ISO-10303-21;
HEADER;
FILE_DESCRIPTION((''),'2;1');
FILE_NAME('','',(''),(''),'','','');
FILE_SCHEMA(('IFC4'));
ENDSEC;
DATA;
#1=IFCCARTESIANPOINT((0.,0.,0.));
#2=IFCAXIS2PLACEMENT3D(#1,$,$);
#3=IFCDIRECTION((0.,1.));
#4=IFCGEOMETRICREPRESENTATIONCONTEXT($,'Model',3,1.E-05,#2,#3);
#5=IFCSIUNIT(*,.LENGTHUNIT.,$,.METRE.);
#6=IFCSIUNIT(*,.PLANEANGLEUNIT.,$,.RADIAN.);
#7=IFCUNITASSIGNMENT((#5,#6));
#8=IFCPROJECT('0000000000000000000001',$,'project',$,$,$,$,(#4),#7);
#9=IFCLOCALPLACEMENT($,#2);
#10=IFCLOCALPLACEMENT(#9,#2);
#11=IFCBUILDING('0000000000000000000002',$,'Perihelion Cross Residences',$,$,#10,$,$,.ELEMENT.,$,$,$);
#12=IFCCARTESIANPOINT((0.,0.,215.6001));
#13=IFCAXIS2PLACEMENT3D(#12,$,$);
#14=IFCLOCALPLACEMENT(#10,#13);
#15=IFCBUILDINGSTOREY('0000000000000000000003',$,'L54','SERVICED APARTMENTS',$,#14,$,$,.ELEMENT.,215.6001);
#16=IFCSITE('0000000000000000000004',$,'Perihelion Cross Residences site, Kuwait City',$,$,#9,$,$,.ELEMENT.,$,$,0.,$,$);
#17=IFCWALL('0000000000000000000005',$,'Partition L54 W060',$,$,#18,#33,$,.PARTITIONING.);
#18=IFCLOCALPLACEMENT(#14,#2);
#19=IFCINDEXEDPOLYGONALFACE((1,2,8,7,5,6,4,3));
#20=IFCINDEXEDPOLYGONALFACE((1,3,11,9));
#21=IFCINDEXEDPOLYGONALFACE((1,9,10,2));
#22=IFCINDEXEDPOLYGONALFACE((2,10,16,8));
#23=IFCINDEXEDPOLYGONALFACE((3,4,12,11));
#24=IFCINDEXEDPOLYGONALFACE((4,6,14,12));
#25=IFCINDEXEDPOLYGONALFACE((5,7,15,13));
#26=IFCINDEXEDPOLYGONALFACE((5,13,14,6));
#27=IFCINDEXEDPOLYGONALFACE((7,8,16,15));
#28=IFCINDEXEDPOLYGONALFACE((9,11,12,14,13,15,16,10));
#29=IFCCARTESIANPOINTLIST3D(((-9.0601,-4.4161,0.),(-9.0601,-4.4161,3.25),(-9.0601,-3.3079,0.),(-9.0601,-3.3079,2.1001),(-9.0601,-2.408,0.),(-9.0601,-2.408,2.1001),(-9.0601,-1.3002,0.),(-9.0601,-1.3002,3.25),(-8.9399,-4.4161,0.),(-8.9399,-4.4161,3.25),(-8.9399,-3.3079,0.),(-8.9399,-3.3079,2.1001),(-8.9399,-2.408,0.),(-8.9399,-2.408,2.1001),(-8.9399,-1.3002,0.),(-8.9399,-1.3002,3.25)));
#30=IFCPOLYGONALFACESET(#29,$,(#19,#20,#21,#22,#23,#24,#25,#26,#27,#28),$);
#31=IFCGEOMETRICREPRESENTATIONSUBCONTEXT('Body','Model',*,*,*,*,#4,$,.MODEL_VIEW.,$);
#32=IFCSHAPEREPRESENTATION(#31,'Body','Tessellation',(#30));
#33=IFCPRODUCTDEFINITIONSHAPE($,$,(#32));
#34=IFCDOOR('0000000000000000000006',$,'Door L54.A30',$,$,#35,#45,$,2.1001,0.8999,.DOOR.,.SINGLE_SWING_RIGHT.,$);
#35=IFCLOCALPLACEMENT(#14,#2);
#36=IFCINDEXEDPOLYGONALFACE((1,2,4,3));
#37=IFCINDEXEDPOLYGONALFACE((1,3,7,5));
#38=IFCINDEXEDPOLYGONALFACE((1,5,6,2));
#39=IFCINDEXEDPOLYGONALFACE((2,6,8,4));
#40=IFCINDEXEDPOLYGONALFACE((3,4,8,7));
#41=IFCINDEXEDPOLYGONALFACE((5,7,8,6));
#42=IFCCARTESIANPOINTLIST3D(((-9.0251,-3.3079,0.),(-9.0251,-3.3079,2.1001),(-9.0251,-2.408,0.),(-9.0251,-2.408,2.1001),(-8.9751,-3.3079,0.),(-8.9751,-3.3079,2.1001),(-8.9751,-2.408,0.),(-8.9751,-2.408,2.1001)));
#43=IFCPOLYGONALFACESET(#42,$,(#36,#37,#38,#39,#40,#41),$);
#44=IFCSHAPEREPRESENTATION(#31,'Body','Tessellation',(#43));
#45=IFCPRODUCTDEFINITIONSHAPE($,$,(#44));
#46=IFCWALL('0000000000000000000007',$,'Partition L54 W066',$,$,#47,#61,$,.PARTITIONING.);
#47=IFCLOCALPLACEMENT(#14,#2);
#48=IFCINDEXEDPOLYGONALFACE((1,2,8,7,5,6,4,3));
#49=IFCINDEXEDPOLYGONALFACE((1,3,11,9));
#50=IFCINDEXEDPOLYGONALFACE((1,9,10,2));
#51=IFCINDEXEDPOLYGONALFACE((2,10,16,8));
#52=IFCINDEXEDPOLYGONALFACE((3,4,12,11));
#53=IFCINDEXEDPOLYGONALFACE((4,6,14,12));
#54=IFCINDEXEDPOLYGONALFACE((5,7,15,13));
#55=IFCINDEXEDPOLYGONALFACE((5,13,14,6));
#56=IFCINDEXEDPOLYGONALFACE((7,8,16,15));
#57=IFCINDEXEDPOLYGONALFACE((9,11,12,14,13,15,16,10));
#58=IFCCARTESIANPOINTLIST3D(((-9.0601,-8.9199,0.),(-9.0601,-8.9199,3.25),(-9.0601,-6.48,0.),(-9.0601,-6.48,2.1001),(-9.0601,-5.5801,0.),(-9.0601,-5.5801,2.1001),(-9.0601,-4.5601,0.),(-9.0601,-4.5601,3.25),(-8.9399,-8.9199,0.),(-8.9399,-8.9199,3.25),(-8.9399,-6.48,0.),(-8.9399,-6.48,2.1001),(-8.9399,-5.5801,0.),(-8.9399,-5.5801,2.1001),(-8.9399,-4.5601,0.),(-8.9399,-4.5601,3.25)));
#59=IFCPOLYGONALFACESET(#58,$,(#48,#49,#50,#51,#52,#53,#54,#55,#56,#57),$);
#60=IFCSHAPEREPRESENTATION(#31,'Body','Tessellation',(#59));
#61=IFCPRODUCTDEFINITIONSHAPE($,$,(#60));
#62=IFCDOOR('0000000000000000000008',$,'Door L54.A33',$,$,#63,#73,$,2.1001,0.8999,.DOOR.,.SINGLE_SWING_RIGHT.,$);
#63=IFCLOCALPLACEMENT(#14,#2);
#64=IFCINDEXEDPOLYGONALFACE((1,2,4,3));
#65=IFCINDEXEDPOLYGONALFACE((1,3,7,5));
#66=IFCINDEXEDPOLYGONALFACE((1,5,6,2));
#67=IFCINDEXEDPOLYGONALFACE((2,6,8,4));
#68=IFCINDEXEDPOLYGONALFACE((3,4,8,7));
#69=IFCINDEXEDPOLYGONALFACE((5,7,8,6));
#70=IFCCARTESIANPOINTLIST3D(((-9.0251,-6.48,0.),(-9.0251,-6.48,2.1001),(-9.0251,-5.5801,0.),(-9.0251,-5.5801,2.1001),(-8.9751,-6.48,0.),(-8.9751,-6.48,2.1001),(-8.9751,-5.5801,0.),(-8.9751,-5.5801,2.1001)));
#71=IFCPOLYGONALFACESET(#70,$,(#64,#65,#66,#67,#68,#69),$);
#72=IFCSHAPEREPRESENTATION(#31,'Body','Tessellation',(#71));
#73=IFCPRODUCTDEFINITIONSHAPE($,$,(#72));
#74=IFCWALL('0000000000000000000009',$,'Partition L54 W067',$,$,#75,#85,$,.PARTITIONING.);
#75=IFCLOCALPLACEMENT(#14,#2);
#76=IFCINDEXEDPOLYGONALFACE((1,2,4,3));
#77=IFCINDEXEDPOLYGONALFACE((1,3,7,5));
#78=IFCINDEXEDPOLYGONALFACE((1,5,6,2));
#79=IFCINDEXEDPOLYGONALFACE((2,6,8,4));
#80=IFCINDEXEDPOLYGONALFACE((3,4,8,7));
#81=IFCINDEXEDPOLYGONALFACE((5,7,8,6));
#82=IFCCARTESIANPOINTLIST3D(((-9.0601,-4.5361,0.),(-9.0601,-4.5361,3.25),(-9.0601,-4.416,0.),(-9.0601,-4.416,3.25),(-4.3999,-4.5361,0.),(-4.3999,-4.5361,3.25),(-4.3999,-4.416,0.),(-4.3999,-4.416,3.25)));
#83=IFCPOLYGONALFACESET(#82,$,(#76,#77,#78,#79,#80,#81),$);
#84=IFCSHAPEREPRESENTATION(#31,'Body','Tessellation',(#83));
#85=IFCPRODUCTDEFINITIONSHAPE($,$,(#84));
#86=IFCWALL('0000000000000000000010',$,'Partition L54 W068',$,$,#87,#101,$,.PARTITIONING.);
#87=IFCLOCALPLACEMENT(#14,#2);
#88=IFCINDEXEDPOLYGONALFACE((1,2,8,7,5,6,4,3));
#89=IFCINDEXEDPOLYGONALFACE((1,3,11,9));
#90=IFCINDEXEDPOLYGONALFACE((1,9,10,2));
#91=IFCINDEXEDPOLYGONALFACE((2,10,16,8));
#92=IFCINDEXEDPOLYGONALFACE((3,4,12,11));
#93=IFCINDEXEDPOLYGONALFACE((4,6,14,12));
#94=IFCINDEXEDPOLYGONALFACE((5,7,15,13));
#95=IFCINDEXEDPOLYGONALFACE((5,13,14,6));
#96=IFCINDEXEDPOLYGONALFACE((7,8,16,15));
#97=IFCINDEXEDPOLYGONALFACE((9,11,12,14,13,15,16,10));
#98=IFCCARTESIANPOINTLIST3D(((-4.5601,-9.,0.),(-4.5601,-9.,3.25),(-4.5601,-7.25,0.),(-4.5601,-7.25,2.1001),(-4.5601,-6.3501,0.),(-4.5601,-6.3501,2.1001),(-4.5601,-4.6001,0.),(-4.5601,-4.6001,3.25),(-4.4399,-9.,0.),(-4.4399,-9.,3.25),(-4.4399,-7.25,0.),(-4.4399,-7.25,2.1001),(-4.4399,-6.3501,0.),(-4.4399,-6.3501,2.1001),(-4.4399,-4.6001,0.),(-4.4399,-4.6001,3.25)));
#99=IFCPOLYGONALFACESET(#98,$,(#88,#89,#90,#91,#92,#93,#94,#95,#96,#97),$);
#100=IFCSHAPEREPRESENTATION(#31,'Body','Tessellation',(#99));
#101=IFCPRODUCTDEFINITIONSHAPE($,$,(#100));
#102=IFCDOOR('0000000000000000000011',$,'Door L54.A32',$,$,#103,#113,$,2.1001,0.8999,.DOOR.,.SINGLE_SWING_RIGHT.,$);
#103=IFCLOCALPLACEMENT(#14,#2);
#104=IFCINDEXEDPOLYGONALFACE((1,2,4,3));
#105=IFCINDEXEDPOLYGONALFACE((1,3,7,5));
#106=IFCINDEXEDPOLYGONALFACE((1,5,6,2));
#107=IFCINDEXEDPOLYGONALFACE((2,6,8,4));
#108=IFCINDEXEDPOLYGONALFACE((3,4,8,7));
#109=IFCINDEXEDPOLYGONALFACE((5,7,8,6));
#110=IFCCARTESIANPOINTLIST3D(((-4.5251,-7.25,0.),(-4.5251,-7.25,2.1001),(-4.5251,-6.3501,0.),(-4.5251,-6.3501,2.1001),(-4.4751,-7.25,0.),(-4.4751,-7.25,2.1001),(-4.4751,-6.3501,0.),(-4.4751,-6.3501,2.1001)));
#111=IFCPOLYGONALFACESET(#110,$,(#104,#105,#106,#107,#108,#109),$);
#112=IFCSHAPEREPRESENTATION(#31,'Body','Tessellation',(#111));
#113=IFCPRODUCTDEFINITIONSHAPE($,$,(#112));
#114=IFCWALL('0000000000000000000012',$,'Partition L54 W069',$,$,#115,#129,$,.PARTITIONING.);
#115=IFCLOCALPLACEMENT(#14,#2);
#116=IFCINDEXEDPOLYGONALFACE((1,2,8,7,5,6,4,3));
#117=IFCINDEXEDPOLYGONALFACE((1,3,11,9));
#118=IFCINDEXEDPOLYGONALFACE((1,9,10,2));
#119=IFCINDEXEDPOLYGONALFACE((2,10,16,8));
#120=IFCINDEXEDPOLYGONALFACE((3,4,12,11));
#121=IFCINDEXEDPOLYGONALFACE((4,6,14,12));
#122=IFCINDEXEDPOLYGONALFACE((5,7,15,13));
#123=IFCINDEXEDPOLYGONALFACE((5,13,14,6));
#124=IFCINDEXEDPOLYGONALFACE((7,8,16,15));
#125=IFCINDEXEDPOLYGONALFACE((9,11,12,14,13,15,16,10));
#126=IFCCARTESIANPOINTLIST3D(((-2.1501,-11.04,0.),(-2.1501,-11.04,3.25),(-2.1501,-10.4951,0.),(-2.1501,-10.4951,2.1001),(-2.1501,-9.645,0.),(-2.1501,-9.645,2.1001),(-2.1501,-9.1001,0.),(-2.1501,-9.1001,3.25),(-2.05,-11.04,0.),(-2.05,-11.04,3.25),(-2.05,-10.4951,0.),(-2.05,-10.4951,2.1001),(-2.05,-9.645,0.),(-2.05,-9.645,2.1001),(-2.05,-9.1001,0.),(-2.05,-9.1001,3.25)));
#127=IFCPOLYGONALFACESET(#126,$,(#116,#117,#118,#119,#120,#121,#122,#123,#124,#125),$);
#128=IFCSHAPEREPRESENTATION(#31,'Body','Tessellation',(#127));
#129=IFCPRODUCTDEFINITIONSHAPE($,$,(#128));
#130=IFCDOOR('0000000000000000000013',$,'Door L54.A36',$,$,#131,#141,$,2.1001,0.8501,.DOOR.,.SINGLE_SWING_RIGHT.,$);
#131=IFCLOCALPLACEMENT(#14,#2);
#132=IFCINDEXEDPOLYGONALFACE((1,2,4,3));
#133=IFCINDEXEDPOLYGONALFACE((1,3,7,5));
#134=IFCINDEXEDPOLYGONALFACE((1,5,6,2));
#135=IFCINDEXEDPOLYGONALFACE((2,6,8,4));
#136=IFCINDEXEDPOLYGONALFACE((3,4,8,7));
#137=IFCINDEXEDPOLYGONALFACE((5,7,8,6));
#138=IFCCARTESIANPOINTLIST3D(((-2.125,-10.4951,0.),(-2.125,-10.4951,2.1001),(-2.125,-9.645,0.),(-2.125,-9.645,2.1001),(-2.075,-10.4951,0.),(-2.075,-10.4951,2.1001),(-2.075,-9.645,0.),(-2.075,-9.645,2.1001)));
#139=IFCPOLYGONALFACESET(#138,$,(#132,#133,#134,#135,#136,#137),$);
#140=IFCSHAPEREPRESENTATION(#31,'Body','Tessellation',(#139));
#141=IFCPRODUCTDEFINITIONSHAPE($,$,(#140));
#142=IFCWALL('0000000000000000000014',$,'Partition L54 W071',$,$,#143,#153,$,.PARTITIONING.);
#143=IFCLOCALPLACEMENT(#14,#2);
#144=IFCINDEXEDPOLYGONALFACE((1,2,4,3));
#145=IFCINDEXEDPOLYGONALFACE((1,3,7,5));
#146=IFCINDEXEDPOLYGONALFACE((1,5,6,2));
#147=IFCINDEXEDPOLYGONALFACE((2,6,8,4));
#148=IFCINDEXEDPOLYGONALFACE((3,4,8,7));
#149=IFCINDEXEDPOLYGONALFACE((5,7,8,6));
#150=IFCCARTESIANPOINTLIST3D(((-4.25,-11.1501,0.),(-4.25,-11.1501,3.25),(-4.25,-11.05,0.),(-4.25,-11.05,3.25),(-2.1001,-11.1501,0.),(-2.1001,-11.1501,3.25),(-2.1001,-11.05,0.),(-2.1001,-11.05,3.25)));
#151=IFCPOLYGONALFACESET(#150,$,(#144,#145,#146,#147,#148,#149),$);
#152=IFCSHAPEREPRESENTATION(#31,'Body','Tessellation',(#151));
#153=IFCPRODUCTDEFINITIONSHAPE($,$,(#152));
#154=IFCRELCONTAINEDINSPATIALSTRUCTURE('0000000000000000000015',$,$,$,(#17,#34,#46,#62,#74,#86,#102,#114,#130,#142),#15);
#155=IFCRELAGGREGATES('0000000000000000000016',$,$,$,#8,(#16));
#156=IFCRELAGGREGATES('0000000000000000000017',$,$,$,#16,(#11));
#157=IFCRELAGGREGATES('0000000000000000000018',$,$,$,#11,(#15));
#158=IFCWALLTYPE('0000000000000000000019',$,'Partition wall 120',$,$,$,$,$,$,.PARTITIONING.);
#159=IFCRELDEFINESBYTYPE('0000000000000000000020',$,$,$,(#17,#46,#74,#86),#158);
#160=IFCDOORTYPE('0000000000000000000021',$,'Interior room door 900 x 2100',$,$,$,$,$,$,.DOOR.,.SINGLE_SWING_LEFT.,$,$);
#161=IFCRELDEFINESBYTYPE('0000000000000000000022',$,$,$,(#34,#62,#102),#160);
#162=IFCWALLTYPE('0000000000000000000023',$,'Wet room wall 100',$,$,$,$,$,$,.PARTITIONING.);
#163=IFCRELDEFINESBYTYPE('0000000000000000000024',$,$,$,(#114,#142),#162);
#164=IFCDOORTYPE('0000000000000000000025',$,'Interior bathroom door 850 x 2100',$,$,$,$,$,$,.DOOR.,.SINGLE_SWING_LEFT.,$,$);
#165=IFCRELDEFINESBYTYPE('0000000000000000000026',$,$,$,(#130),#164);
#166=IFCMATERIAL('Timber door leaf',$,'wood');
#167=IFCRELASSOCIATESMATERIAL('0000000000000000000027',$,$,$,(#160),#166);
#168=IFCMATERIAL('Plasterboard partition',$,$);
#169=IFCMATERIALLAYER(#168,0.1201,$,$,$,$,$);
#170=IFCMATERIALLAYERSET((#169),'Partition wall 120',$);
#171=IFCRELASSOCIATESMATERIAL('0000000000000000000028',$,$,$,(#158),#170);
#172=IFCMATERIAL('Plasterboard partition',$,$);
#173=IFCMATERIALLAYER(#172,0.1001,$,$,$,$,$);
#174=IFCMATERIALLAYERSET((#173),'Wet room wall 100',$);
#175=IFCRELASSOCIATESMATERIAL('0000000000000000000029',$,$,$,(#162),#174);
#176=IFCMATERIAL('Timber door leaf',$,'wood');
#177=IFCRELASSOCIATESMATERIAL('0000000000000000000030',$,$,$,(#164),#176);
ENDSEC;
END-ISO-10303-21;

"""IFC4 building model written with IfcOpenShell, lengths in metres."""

from ifc_helpers import new_model, si_unit, direction, frame, frame_2d, origin, place, context, subcontext, project, spatial, rectangle, extrude, material, layer, layer_set, type_object, element, fill, save


model = new_model("IFC4")

# Units and contexts
model_context = context("Model", 3, precision=1e-05, world=origin(), true_north=direction((0.0, 1.0)))
body_context = subcontext(model_context, "Body", "Model", "MODEL_VIEW")
ifc_project = project(units=[si_unit("LENGTHUNIT", "METRE"), si_unit("PLANEANGLEUNIT", "RADIAN")], contexts=[model_context])

# Site, building, storey
site_placement = place(None, origin())
site = spatial("IfcSite", under=ifc_project, at=site_placement, Name="Perihelion Cross Residences site, Kuwait City", CompositionType="ELEMENT", RefElevation=0.0)
building_placement = place(site_placement, origin())
building = spatial("IfcBuilding", under=site, at=building_placement, Name="Perihelion Cross Residences", CompositionType="ELEMENT")
storey_placement = place(building_placement, frame((0.0, 0.0, 215.6001)))
storey = spatial("IfcBuildingStorey", under=building, at=storey_placement, Name="L54", Description="SERVICED APARTMENTS", CompositionType="ELEMENT", Elevation=215.6001)

# Shared definitions
ifc_material_1 = material(Name="Timber door leaf", Category="wood")
door_type_1 = type_object("IfcDoorType", Name="Interior room door 900 x 2100", OperationType="SINGLE_SWING_LEFT", PredefinedType="DOOR", material=ifc_material_1)

# Shared definitions
ifc_material_2 = material(Name="Plasterboard partition")
ifc_layer_1 = layer(ifc_material_2, 0.1201)
ifc_layer_set_1 = layer_set([ifc_layer_1], Name="Partition wall 120")
wall_type_1 = type_object("IfcWallType", Name="Partition wall 120", PredefinedType="PARTITIONING", material=ifc_layer_set_1)

# Walls, openings, doors
wall_1_placement = place(storey_placement, frame((-9.0, -1.3, 0.0), z_axis=(0.0, 0.0, 1.0), x_axis=(0.0, -1.0, 0.0)))
wall_1 = element("IfcWall", 1, at=wall_1_placement, inside=storey, type_object=wall_type_1, Name="Partition L54 W060", PredefinedType="PARTITIONING", context=body_context, shape_type="SweptSolid", body=[
    extrude(rectangle(XDim=3.116, YDim=0.1201, at=frame_2d((1.5581, 0.0))), origin(), (0.0, 0.0, 1.0), 3.25),
])
opening_1_placement = place(wall_1_placement, frame((1.1079, 0.0, 0.0)))
opening_1 = element("IfcOpeningElement", 2, at=opening_1_placement, cuts=wall_1, PredefinedType="OPENING", context=body_context, shape_type="SweptSolid", body=[
    extrude(rectangle(XDim=0.8999, YDim=2.1001, at=frame_2d((0.45, 1.05))), frame((0.0, 0.0701, 0.0), z_axis=(0.0, -1.0, 0.0), x_axis=(1.0, 0.0, 0.0)), (0.0, 0.0, 1.0), 0.1401),
])
door_1_placement = place(opening_1_placement, origin())
door_1 = element("IfcDoor", 3, at=door_1_placement, inside=storey, type_object=door_type_1, Name="Door L54.A30", OperationType="SINGLE_SWING_RIGHT", OverallHeight=2.1001, OverallWidth=0.8999, PredefinedType="DOOR", context=body_context, shape_type="SweptSolid", body=[
    extrude(rectangle(XDim=0.8999, YDim=2.1001, at=frame_2d((0.45, 1.05))), frame((0.0, 0.0249, 0.0), z_axis=(0.0, -1.0, 0.0), x_axis=(1.0, 0.0, 0.0)), (0.0, 0.0, 1.0), 0.05),
])
fill(opening_1, door_1)
wall_2_placement = place(storey_placement, frame((-9.0, -4.5601, 0.0), z_axis=(0.0, 0.0, 1.0), x_axis=(0.0, -1.0, 0.0)))
wall_2 = element("IfcWall", 4, at=wall_2_placement, inside=storey, type_object=wall_type_1, Name="Partition L54 W066", PredefinedType="PARTITIONING", context=body_context, shape_type="SweptSolid", body=[
    extrude(rectangle(XDim=4.3599, YDim=0.1201, at=frame_2d((2.1799, 0.0))), origin(), (0.0, 0.0, 1.0), 3.25),
])
opening_2_placement = place(wall_2_placement, frame((1.02, 0.0, 0.0)))
opening_2 = element("IfcOpeningElement", 5, at=opening_2_placement, cuts=wall_2, PredefinedType="OPENING", context=body_context, shape_type="SweptSolid", body=[
    extrude(rectangle(XDim=0.8999, YDim=2.1001, at=frame_2d((0.45, 1.05))), frame((0.0, 0.0701, 0.0), z_axis=(0.0, -1.0, 0.0), x_axis=(1.0, 0.0, 0.0)), (0.0, 0.0, 1.0), 0.1401),
])
door_2_placement = place(opening_2_placement, origin())
door_2 = element("IfcDoor", 6, at=door_2_placement, inside=storey, type_object=door_type_1, Name="Door L54.A33", OperationType="SINGLE_SWING_RIGHT", OverallHeight=2.1001, OverallWidth=0.8999, PredefinedType="DOOR", context=body_context, shape_type="SweptSolid", body=[
    extrude(rectangle(XDim=0.8999, YDim=2.1001, at=frame_2d((0.45, 1.05))), frame((0.0, 0.0249, 0.0), z_axis=(0.0, -1.0, 0.0), x_axis=(1.0, 0.0, 0.0)), (0.0, 0.0, 1.0), 0.05),
])
fill(opening_2, door_2)

# Wall
wall_3_placement = place(storey_placement, frame((-4.3999, -4.4761, 0.0), z_axis=(0.0, 0.0, 1.0), x_axis=(-1.0, 0.0, 0.0)))
element("IfcWall", 7, at=wall_3_placement, inside=storey, type_object=wall_type_1, Name="Partition L54 W067", PredefinedType="PARTITIONING", context=body_context, shape_type="SweptSolid", body=[
    extrude(rectangle(XDim=4.6602, YDim=0.1201, at=frame_2d((2.3301, 0.0))), origin(), (0.0, 0.0, 1.0), 3.25),
])

# Walls, openings, doors
wall_4_placement = place(storey_placement, frame((-4.5, -4.6001, 0.0), z_axis=(0.0, 0.0, 1.0), x_axis=(0.0, -1.0, 0.0)))
wall_4 = element("IfcWall", 8, at=wall_4_placement, inside=storey, type_object=wall_type_1, Name="Partition L54 W068", PredefinedType="PARTITIONING", context=body_context, shape_type="SweptSolid", body=[
    extrude(rectangle(XDim=4.3999, YDim=0.1201, at=frame_2d((2.2, 0.0))), origin(), (0.0, 0.0, 1.0), 3.25),
])
opening_3_placement = place(wall_4_placement, frame((1.75, 0.0, 0.0)))
opening_3 = element("IfcOpeningElement", 9, at=opening_3_placement, cuts=wall_4, PredefinedType="OPENING", context=body_context, shape_type="SweptSolid", body=[
    extrude(rectangle(XDim=0.8999, YDim=2.1001, at=frame_2d((0.45, 1.05))), frame((0.0, 0.0701, 0.0), z_axis=(0.0, -1.0, 0.0), x_axis=(1.0, 0.0, 0.0)), (0.0, 0.0, 1.0), 0.1401),
])
door_3_placement = place(opening_3_placement, origin())
door_3 = element("IfcDoor", 10, at=door_3_placement, inside=storey, type_object=door_type_1, Name="Door L54.A32", OperationType="SINGLE_SWING_RIGHT", OverallHeight=2.1001, OverallWidth=0.8999, PredefinedType="DOOR", context=body_context, shape_type="SweptSolid", body=[
    extrude(rectangle(XDim=0.8999, YDim=2.1001, at=frame_2d((0.45, 1.05))), frame((0.0, 0.0249, 0.0), z_axis=(0.0, -1.0, 0.0), x_axis=(1.0, 0.0, 0.0)), (0.0, 0.0, 1.0), 0.05),
])
fill(opening_3, door_3)
ifc_material_3 = material(Name="Plasterboard partition")
ifc_layer_2 = layer(ifc_material_3, 0.1001)
ifc_layer_set_2 = layer_set([ifc_layer_2], Name="Wet room wall 100")
wall_type_2 = type_object("IfcWallType", Name="Wet room wall 100", PredefinedType="PARTITIONING", material=ifc_layer_set_2)
wall_5_placement = place(storey_placement, frame((-2.1001, -11.04, 0.0), z_axis=(0.0, 0.0, 1.0), x_axis=(0.0, 1.0, 0.0)))
wall_5 = element("IfcWall", 11, at=wall_5_placement, inside=storey, type_object=wall_type_2, Name="Partition L54 W069", PredefinedType="PARTITIONING", context=body_context, shape_type="SweptSolid", body=[
    extrude(rectangle(XDim=1.9399, YDim=0.1001, at=frame_2d((0.97, 0.0))), origin(), (0.0, 0.0, 1.0), 3.25),
])
opening_4_placement = place(wall_5_placement, frame((0.5449, 0.0, 0.0)))
opening_4 = element("IfcOpeningElement", 12, at=opening_4_placement, cuts=wall_5, PredefinedType="OPENING", context=body_context, shape_type="SweptSolid", body=[
    extrude(rectangle(XDim=0.8501, YDim=2.1001, at=frame_2d((0.425, 1.05))), frame((0.0, 0.0601, 0.0), z_axis=(0.0, -1.0, 0.0), x_axis=(1.0, 0.0, 0.0)), (0.0, 0.0, 1.0), 0.1201),
])
ifc_material_4 = material(Name="Timber door leaf", Category="wood")
door_type_2 = type_object("IfcDoorType", Name="Interior bathroom door 850 x 2100", OperationType="SINGLE_SWING_LEFT", PredefinedType="DOOR", material=ifc_material_4)
door_4_placement = place(opening_4_placement, origin())
door_4 = element("IfcDoor", 13, at=door_4_placement, inside=storey, type_object=door_type_2, Name="Door L54.A36", OperationType="SINGLE_SWING_RIGHT", OverallHeight=2.1001, OverallWidth=0.8501, PredefinedType="DOOR", context=body_context, shape_type="SweptSolid", body=[
    extrude(rectangle(XDim=0.8501, YDim=2.1001, at=frame_2d((0.425, 1.05))), frame((0.0, 0.0249, 0.0), z_axis=(0.0, -1.0, 0.0), x_axis=(1.0, 0.0, 0.0)), (0.0, 0.0, 1.0), 0.05),
])
fill(opening_4, door_4)

# Wall
wall_6_placement = place(storey_placement, frame((-2.1001, -11.1001, 0.0), z_axis=(0.0, 0.0, 1.0), x_axis=(-1.0, 0.0, 0.0)))
element("IfcWall", 14, at=wall_6_placement, inside=storey, type_object=wall_type_2, Name="Partition L54 W071", PredefinedType="PARTITIONING", context=body_context, shape_type="SweptSolid", body=[
    extrude(rectangle(XDim=2.1499, YDim=0.1001, at=frame_2d((1.075, 0.0))), origin(), (0.0, 0.0, 1.0), 3.25),
])

save(model, "model.ifc")
